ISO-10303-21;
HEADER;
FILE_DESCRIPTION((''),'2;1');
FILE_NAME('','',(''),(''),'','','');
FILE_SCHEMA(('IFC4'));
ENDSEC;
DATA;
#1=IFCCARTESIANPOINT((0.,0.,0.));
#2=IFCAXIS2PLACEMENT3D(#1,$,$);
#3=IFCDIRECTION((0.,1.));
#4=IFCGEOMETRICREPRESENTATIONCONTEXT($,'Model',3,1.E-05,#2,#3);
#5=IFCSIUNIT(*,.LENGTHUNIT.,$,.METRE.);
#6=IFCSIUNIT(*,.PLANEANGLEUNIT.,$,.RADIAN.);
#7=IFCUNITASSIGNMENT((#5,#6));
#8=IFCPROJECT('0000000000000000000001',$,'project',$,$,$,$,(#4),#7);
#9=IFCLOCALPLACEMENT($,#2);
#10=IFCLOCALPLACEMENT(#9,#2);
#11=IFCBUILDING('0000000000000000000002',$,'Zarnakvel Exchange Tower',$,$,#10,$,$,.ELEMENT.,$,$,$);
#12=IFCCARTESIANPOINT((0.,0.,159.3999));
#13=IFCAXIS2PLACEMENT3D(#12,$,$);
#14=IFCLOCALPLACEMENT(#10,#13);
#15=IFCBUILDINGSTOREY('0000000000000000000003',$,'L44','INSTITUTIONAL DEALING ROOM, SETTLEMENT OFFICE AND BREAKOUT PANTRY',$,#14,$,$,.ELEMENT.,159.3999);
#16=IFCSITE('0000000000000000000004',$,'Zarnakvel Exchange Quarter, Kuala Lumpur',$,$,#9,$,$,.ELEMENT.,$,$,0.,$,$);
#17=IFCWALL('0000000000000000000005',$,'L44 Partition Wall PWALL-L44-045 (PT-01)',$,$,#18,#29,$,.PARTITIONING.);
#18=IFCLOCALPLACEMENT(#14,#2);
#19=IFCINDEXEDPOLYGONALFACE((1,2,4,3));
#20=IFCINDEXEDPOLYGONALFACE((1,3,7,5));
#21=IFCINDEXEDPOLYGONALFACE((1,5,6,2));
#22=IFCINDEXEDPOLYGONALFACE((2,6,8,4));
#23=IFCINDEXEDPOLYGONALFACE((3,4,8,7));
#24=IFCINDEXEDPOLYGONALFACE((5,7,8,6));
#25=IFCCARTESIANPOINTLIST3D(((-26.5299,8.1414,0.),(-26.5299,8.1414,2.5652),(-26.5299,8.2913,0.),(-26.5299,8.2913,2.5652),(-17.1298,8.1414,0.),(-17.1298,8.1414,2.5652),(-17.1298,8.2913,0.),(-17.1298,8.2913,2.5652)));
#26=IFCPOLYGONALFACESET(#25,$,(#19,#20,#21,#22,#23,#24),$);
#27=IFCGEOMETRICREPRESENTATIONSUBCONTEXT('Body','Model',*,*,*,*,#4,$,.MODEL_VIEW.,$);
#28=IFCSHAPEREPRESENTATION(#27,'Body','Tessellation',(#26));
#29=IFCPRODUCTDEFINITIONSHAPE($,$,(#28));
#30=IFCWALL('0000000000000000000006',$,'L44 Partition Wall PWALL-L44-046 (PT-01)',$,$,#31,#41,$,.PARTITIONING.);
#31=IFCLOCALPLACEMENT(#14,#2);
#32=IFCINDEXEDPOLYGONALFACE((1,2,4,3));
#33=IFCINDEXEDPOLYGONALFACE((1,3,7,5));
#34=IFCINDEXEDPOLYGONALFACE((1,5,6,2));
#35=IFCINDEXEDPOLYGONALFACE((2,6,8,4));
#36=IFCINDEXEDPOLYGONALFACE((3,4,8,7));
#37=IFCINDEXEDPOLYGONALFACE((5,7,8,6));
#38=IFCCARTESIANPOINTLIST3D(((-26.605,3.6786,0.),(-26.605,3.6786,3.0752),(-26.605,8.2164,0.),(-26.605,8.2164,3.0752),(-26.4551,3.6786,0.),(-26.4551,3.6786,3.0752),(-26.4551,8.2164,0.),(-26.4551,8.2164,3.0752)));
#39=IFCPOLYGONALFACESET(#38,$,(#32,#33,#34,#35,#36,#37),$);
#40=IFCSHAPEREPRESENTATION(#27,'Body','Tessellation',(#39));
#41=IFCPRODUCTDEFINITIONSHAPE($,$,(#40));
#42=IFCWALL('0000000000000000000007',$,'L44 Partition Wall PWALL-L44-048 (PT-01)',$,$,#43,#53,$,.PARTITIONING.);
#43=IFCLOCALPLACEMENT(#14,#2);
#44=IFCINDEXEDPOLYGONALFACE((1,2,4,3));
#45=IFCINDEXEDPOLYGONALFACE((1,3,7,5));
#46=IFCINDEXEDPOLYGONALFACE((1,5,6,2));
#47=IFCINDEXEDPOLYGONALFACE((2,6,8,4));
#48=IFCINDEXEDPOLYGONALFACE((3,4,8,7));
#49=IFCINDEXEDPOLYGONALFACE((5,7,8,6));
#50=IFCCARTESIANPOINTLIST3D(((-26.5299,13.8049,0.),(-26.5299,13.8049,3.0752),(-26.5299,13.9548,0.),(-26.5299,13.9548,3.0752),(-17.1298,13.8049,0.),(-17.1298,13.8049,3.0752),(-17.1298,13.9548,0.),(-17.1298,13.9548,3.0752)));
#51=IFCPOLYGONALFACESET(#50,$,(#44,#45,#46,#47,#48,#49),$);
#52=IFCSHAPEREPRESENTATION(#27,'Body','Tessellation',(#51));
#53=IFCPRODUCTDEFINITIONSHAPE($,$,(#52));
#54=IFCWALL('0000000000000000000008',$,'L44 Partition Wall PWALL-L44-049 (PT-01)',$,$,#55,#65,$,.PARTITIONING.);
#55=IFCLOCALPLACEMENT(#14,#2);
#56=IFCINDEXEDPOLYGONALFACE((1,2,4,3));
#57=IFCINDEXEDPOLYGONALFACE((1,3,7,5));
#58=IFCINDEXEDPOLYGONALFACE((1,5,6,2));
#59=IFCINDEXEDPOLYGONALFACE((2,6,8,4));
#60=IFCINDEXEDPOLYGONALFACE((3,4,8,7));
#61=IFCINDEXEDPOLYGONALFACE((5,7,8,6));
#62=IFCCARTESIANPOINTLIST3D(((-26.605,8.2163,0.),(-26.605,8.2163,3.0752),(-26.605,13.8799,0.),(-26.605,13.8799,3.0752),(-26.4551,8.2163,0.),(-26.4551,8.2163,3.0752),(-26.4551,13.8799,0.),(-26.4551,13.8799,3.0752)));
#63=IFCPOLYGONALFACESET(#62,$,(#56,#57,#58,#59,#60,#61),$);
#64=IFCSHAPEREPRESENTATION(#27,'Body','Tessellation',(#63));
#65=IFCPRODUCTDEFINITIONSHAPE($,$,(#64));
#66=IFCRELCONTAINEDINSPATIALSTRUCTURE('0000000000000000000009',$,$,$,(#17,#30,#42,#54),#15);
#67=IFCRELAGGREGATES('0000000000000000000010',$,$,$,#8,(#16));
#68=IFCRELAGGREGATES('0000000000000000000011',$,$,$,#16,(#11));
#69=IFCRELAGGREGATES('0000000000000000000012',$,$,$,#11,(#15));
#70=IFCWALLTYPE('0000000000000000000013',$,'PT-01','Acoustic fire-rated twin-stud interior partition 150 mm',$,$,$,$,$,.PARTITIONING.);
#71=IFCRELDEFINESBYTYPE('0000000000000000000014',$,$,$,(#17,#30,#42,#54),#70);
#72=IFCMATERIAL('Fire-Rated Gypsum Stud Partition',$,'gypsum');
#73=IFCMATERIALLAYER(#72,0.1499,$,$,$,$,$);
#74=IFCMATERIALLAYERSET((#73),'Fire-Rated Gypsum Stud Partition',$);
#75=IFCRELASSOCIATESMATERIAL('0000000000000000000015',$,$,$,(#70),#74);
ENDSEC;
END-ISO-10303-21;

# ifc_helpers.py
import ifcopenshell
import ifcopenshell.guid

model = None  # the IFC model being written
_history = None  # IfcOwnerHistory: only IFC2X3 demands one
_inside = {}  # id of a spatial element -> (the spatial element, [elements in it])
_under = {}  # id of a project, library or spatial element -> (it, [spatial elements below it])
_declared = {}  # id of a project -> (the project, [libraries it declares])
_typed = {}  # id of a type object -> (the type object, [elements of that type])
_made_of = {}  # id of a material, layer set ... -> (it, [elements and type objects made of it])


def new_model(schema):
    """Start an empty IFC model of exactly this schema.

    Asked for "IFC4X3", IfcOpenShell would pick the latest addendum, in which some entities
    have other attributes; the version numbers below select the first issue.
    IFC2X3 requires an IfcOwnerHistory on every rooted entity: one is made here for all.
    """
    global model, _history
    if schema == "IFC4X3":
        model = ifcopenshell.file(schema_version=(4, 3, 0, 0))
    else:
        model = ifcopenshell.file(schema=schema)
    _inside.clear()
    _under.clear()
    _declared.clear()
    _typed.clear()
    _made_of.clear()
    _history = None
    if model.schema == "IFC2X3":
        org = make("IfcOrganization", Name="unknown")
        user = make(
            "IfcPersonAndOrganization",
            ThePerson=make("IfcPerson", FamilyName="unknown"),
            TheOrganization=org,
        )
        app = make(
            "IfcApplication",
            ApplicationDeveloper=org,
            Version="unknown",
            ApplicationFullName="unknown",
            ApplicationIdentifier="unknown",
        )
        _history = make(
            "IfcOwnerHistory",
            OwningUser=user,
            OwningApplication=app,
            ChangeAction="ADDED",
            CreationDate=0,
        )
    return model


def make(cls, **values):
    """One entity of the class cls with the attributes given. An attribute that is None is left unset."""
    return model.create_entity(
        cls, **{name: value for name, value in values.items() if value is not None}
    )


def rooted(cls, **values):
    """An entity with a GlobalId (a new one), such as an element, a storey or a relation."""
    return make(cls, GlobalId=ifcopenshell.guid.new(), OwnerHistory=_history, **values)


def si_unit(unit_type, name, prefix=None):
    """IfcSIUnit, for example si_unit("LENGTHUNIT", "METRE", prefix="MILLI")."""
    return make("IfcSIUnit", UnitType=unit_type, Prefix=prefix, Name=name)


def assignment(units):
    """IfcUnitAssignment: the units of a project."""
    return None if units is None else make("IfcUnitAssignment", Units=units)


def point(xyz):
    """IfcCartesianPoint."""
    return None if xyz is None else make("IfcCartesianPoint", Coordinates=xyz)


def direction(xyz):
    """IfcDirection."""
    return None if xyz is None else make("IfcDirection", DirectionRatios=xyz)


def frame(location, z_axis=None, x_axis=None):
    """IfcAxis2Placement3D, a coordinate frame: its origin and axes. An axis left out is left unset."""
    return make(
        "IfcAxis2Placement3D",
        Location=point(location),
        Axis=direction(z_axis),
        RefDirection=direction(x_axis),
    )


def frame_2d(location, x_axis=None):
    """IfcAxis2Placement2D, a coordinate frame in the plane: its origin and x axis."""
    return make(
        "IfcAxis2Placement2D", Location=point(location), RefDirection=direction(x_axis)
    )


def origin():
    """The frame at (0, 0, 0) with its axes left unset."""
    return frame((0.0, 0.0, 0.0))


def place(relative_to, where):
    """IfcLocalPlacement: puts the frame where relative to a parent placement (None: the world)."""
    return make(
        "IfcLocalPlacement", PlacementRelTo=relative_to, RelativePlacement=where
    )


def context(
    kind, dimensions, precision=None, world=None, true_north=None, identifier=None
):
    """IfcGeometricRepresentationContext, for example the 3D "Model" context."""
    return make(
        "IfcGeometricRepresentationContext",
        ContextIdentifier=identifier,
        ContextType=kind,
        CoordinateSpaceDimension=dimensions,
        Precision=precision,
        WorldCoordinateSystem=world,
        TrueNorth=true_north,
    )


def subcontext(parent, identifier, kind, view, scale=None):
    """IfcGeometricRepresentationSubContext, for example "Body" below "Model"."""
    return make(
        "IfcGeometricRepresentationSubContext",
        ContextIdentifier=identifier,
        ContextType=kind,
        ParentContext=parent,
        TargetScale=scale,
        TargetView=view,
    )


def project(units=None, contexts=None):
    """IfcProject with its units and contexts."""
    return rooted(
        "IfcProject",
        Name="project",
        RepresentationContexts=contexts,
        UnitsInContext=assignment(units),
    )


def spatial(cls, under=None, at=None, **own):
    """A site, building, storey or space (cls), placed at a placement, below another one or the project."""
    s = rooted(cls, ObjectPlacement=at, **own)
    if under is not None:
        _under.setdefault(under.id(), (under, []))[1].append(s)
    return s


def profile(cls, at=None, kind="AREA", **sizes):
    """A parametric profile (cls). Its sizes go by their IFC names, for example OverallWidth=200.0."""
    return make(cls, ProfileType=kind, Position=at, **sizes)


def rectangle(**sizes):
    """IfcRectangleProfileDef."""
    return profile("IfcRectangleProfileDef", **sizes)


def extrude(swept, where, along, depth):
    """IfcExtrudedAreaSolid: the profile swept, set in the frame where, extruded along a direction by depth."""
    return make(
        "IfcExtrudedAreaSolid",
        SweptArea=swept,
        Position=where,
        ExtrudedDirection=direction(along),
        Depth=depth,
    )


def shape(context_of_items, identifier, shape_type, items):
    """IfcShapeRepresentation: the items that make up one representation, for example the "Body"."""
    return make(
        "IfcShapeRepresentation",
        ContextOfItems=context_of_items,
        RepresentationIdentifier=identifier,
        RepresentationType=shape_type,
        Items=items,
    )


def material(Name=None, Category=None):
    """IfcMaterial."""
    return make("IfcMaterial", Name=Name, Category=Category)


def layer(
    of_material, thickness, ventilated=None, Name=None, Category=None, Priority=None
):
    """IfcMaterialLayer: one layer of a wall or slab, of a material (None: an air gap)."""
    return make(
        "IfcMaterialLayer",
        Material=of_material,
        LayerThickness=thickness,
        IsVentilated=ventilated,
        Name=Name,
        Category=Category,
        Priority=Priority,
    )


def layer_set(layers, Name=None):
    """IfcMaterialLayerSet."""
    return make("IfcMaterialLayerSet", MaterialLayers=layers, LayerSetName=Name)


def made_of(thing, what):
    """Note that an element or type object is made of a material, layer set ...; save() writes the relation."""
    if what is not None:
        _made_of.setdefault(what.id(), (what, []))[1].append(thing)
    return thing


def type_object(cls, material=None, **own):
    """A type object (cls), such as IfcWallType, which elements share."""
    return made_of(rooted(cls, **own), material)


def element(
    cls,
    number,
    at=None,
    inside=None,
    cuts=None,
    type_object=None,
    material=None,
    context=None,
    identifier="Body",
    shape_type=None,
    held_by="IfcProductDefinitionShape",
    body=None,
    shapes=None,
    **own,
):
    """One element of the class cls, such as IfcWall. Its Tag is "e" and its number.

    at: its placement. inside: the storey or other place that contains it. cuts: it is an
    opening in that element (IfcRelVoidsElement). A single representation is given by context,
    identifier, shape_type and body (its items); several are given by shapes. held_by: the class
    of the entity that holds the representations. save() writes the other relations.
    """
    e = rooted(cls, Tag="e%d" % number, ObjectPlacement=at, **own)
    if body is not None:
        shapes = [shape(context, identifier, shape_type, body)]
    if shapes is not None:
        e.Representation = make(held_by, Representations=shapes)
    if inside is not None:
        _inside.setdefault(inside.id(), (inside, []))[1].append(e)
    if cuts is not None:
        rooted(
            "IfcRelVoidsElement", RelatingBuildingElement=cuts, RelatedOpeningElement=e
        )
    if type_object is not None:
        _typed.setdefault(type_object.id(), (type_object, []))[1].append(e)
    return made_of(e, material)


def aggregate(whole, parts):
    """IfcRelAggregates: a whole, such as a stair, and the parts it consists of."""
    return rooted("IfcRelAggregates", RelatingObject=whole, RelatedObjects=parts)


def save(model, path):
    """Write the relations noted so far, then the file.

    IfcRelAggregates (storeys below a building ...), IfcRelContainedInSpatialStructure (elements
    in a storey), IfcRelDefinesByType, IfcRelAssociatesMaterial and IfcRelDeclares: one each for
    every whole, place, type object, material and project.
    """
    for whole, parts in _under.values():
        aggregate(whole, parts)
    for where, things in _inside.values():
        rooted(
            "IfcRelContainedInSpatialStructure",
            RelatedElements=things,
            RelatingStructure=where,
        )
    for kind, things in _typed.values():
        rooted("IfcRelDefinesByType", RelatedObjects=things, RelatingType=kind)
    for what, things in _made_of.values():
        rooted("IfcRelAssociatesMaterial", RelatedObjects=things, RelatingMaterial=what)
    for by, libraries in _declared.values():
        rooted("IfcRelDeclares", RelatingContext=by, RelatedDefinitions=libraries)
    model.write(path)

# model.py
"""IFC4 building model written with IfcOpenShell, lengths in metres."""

from ifc_helpers import new_model, si_unit, direction, frame, frame_2d, origin, place, context, subcontext, project, spatial, rectangle, extrude, material, layer, layer_set, type_object, element, save


model = new_model("IFC4")

# Units and contexts
model_context = context("Model", 3, precision=1e-05, world=origin(), true_north=direction((0.0, 1.0)))
body_context = subcontext(model_context, "Body", "Model", "MODEL_VIEW")
ifc_project = project(units=[si_unit("LENGTHUNIT", "METRE"), si_unit("PLANEANGLEUNIT", "RADIAN")], contexts=[model_context])

# Site, building, storey
site_placement = place(None, origin())
site = spatial("IfcSite", under=ifc_project, at=site_placement, Name="Zarnakvel Exchange Quarter, Kuala Lumpur", CompositionType="ELEMENT", RefElevation=0.0)
building_placement = place(site_placement, origin())
building = spatial("IfcBuilding", under=site, at=building_placement, Name="Zarnakvel Exchange Tower", CompositionType="ELEMENT")
storey_placement = place(building_placement, frame((0.0, 0.0, 159.3999)))
storey = spatial("IfcBuildingStorey", under=building, at=storey_placement, Name="L44", Description="INSTITUTIONAL DEALING ROOM, SETTLEMENT OFFICE AND BREAKOUT PANTRY", CompositionType="ELEMENT", Elevation=159.3999)

# Walls
ifc_material_1 = material(Name="Fire-Rated Gypsum Stud Partition", Category="gypsum")
ifc_layer_1 = layer(ifc_material_1, 0.1499)
ifc_layer_set_1 = layer_set([ifc_layer_1], Name="Fire-Rated Gypsum Stud Partition")
wall_type_1 = type_object("IfcWallType", Name="PT-01", Description="Acoustic fire-rated twin-stud interior partition 150 mm", PredefinedType="PARTITIONING", material=ifc_layer_set_1)
for number, where, z_axis, x_axis, name in (
    (1, (-26.53, 8.2163, 0.0), (0.0, 0.0, 1.0), (1.0, 0.0, 0.0), "L44 Partition Wall PWALL-L44-045 (PT-01)"),
):
    element("IfcWall", number, at=place(storey_placement, frame(where, z_axis=z_axis, x_axis=x_axis)), inside=storey, type_object=wall_type_1, Name=name, PredefinedType="PARTITIONING", context=body_context, shape_type="SweptSolid", body=[
        extrude(rectangle(XDim=9.4001, YDim=0.1499, at=frame_2d((4.7002, 0.0))), origin(), (0.0, 0.0, 1.0), 2.5652),
    ])
wall_1_placement = place(storey_placement, frame((-26.53, 3.6785, 0.0), z_axis=(0.0, 0.0, 1.0), x_axis=(0.0, 1.0, 0.0)))
element("IfcWall", 2, at=wall_1_placement, inside=storey, type_object=wall_type_1, Name="L44 Partition Wall PWALL-L44-046 (PT-01)", PredefinedType="PARTITIONING", context=body_context, shape_type="SweptSolid", body=[
    extrude(rectangle(XDim=4.5378, YDim=0.1499, at=frame_2d((2.269, 0.0))), origin(), (0.0, 0.0, 1.0), 3.0752),
])
wall_2_placement = place(storey_placement, frame((-26.53, 13.8799, 0.0), z_axis=(0.0, 0.0, 1.0), x_axis=(1.0, 0.0, 0.0)))
element("IfcWall", 3, at=wall_2_placement, inside=storey, type_object=wall_type_1, Name="L44 Partition Wall PWALL-L44-048 (PT-01)", PredefinedType="PARTITIONING", context=body_context, shape_type="SweptSolid", body=[
    extrude(rectangle(XDim=9.4001, YDim=0.1499, at=frame_2d((4.7002, 0.0))), origin(), (0.0, 0.0, 1.0), 3.0752),
])
wall_3_placement = place(storey_placement, frame((-26.53, 8.2163, 0.0), z_axis=(0.0, 0.0, 1.0), x_axis=(0.0, 1.0, 0.0)))
element("IfcWall", 4, at=wall_3_placement, inside=storey, type_object=wall_type_1, Name="L44 Partition Wall PWALL-L44-049 (PT-01)", PredefinedType="PARTITIONING", context=body_context, shape_type="SweptSolid", body=[
    extrude(rectangle(XDim=5.6636, YDim=0.1499, at=frame_2d((2.8318, 0.0))), origin(), (0.0, 0.0, 1.0), 3.0752),
])

save(model, "model.ifc")
